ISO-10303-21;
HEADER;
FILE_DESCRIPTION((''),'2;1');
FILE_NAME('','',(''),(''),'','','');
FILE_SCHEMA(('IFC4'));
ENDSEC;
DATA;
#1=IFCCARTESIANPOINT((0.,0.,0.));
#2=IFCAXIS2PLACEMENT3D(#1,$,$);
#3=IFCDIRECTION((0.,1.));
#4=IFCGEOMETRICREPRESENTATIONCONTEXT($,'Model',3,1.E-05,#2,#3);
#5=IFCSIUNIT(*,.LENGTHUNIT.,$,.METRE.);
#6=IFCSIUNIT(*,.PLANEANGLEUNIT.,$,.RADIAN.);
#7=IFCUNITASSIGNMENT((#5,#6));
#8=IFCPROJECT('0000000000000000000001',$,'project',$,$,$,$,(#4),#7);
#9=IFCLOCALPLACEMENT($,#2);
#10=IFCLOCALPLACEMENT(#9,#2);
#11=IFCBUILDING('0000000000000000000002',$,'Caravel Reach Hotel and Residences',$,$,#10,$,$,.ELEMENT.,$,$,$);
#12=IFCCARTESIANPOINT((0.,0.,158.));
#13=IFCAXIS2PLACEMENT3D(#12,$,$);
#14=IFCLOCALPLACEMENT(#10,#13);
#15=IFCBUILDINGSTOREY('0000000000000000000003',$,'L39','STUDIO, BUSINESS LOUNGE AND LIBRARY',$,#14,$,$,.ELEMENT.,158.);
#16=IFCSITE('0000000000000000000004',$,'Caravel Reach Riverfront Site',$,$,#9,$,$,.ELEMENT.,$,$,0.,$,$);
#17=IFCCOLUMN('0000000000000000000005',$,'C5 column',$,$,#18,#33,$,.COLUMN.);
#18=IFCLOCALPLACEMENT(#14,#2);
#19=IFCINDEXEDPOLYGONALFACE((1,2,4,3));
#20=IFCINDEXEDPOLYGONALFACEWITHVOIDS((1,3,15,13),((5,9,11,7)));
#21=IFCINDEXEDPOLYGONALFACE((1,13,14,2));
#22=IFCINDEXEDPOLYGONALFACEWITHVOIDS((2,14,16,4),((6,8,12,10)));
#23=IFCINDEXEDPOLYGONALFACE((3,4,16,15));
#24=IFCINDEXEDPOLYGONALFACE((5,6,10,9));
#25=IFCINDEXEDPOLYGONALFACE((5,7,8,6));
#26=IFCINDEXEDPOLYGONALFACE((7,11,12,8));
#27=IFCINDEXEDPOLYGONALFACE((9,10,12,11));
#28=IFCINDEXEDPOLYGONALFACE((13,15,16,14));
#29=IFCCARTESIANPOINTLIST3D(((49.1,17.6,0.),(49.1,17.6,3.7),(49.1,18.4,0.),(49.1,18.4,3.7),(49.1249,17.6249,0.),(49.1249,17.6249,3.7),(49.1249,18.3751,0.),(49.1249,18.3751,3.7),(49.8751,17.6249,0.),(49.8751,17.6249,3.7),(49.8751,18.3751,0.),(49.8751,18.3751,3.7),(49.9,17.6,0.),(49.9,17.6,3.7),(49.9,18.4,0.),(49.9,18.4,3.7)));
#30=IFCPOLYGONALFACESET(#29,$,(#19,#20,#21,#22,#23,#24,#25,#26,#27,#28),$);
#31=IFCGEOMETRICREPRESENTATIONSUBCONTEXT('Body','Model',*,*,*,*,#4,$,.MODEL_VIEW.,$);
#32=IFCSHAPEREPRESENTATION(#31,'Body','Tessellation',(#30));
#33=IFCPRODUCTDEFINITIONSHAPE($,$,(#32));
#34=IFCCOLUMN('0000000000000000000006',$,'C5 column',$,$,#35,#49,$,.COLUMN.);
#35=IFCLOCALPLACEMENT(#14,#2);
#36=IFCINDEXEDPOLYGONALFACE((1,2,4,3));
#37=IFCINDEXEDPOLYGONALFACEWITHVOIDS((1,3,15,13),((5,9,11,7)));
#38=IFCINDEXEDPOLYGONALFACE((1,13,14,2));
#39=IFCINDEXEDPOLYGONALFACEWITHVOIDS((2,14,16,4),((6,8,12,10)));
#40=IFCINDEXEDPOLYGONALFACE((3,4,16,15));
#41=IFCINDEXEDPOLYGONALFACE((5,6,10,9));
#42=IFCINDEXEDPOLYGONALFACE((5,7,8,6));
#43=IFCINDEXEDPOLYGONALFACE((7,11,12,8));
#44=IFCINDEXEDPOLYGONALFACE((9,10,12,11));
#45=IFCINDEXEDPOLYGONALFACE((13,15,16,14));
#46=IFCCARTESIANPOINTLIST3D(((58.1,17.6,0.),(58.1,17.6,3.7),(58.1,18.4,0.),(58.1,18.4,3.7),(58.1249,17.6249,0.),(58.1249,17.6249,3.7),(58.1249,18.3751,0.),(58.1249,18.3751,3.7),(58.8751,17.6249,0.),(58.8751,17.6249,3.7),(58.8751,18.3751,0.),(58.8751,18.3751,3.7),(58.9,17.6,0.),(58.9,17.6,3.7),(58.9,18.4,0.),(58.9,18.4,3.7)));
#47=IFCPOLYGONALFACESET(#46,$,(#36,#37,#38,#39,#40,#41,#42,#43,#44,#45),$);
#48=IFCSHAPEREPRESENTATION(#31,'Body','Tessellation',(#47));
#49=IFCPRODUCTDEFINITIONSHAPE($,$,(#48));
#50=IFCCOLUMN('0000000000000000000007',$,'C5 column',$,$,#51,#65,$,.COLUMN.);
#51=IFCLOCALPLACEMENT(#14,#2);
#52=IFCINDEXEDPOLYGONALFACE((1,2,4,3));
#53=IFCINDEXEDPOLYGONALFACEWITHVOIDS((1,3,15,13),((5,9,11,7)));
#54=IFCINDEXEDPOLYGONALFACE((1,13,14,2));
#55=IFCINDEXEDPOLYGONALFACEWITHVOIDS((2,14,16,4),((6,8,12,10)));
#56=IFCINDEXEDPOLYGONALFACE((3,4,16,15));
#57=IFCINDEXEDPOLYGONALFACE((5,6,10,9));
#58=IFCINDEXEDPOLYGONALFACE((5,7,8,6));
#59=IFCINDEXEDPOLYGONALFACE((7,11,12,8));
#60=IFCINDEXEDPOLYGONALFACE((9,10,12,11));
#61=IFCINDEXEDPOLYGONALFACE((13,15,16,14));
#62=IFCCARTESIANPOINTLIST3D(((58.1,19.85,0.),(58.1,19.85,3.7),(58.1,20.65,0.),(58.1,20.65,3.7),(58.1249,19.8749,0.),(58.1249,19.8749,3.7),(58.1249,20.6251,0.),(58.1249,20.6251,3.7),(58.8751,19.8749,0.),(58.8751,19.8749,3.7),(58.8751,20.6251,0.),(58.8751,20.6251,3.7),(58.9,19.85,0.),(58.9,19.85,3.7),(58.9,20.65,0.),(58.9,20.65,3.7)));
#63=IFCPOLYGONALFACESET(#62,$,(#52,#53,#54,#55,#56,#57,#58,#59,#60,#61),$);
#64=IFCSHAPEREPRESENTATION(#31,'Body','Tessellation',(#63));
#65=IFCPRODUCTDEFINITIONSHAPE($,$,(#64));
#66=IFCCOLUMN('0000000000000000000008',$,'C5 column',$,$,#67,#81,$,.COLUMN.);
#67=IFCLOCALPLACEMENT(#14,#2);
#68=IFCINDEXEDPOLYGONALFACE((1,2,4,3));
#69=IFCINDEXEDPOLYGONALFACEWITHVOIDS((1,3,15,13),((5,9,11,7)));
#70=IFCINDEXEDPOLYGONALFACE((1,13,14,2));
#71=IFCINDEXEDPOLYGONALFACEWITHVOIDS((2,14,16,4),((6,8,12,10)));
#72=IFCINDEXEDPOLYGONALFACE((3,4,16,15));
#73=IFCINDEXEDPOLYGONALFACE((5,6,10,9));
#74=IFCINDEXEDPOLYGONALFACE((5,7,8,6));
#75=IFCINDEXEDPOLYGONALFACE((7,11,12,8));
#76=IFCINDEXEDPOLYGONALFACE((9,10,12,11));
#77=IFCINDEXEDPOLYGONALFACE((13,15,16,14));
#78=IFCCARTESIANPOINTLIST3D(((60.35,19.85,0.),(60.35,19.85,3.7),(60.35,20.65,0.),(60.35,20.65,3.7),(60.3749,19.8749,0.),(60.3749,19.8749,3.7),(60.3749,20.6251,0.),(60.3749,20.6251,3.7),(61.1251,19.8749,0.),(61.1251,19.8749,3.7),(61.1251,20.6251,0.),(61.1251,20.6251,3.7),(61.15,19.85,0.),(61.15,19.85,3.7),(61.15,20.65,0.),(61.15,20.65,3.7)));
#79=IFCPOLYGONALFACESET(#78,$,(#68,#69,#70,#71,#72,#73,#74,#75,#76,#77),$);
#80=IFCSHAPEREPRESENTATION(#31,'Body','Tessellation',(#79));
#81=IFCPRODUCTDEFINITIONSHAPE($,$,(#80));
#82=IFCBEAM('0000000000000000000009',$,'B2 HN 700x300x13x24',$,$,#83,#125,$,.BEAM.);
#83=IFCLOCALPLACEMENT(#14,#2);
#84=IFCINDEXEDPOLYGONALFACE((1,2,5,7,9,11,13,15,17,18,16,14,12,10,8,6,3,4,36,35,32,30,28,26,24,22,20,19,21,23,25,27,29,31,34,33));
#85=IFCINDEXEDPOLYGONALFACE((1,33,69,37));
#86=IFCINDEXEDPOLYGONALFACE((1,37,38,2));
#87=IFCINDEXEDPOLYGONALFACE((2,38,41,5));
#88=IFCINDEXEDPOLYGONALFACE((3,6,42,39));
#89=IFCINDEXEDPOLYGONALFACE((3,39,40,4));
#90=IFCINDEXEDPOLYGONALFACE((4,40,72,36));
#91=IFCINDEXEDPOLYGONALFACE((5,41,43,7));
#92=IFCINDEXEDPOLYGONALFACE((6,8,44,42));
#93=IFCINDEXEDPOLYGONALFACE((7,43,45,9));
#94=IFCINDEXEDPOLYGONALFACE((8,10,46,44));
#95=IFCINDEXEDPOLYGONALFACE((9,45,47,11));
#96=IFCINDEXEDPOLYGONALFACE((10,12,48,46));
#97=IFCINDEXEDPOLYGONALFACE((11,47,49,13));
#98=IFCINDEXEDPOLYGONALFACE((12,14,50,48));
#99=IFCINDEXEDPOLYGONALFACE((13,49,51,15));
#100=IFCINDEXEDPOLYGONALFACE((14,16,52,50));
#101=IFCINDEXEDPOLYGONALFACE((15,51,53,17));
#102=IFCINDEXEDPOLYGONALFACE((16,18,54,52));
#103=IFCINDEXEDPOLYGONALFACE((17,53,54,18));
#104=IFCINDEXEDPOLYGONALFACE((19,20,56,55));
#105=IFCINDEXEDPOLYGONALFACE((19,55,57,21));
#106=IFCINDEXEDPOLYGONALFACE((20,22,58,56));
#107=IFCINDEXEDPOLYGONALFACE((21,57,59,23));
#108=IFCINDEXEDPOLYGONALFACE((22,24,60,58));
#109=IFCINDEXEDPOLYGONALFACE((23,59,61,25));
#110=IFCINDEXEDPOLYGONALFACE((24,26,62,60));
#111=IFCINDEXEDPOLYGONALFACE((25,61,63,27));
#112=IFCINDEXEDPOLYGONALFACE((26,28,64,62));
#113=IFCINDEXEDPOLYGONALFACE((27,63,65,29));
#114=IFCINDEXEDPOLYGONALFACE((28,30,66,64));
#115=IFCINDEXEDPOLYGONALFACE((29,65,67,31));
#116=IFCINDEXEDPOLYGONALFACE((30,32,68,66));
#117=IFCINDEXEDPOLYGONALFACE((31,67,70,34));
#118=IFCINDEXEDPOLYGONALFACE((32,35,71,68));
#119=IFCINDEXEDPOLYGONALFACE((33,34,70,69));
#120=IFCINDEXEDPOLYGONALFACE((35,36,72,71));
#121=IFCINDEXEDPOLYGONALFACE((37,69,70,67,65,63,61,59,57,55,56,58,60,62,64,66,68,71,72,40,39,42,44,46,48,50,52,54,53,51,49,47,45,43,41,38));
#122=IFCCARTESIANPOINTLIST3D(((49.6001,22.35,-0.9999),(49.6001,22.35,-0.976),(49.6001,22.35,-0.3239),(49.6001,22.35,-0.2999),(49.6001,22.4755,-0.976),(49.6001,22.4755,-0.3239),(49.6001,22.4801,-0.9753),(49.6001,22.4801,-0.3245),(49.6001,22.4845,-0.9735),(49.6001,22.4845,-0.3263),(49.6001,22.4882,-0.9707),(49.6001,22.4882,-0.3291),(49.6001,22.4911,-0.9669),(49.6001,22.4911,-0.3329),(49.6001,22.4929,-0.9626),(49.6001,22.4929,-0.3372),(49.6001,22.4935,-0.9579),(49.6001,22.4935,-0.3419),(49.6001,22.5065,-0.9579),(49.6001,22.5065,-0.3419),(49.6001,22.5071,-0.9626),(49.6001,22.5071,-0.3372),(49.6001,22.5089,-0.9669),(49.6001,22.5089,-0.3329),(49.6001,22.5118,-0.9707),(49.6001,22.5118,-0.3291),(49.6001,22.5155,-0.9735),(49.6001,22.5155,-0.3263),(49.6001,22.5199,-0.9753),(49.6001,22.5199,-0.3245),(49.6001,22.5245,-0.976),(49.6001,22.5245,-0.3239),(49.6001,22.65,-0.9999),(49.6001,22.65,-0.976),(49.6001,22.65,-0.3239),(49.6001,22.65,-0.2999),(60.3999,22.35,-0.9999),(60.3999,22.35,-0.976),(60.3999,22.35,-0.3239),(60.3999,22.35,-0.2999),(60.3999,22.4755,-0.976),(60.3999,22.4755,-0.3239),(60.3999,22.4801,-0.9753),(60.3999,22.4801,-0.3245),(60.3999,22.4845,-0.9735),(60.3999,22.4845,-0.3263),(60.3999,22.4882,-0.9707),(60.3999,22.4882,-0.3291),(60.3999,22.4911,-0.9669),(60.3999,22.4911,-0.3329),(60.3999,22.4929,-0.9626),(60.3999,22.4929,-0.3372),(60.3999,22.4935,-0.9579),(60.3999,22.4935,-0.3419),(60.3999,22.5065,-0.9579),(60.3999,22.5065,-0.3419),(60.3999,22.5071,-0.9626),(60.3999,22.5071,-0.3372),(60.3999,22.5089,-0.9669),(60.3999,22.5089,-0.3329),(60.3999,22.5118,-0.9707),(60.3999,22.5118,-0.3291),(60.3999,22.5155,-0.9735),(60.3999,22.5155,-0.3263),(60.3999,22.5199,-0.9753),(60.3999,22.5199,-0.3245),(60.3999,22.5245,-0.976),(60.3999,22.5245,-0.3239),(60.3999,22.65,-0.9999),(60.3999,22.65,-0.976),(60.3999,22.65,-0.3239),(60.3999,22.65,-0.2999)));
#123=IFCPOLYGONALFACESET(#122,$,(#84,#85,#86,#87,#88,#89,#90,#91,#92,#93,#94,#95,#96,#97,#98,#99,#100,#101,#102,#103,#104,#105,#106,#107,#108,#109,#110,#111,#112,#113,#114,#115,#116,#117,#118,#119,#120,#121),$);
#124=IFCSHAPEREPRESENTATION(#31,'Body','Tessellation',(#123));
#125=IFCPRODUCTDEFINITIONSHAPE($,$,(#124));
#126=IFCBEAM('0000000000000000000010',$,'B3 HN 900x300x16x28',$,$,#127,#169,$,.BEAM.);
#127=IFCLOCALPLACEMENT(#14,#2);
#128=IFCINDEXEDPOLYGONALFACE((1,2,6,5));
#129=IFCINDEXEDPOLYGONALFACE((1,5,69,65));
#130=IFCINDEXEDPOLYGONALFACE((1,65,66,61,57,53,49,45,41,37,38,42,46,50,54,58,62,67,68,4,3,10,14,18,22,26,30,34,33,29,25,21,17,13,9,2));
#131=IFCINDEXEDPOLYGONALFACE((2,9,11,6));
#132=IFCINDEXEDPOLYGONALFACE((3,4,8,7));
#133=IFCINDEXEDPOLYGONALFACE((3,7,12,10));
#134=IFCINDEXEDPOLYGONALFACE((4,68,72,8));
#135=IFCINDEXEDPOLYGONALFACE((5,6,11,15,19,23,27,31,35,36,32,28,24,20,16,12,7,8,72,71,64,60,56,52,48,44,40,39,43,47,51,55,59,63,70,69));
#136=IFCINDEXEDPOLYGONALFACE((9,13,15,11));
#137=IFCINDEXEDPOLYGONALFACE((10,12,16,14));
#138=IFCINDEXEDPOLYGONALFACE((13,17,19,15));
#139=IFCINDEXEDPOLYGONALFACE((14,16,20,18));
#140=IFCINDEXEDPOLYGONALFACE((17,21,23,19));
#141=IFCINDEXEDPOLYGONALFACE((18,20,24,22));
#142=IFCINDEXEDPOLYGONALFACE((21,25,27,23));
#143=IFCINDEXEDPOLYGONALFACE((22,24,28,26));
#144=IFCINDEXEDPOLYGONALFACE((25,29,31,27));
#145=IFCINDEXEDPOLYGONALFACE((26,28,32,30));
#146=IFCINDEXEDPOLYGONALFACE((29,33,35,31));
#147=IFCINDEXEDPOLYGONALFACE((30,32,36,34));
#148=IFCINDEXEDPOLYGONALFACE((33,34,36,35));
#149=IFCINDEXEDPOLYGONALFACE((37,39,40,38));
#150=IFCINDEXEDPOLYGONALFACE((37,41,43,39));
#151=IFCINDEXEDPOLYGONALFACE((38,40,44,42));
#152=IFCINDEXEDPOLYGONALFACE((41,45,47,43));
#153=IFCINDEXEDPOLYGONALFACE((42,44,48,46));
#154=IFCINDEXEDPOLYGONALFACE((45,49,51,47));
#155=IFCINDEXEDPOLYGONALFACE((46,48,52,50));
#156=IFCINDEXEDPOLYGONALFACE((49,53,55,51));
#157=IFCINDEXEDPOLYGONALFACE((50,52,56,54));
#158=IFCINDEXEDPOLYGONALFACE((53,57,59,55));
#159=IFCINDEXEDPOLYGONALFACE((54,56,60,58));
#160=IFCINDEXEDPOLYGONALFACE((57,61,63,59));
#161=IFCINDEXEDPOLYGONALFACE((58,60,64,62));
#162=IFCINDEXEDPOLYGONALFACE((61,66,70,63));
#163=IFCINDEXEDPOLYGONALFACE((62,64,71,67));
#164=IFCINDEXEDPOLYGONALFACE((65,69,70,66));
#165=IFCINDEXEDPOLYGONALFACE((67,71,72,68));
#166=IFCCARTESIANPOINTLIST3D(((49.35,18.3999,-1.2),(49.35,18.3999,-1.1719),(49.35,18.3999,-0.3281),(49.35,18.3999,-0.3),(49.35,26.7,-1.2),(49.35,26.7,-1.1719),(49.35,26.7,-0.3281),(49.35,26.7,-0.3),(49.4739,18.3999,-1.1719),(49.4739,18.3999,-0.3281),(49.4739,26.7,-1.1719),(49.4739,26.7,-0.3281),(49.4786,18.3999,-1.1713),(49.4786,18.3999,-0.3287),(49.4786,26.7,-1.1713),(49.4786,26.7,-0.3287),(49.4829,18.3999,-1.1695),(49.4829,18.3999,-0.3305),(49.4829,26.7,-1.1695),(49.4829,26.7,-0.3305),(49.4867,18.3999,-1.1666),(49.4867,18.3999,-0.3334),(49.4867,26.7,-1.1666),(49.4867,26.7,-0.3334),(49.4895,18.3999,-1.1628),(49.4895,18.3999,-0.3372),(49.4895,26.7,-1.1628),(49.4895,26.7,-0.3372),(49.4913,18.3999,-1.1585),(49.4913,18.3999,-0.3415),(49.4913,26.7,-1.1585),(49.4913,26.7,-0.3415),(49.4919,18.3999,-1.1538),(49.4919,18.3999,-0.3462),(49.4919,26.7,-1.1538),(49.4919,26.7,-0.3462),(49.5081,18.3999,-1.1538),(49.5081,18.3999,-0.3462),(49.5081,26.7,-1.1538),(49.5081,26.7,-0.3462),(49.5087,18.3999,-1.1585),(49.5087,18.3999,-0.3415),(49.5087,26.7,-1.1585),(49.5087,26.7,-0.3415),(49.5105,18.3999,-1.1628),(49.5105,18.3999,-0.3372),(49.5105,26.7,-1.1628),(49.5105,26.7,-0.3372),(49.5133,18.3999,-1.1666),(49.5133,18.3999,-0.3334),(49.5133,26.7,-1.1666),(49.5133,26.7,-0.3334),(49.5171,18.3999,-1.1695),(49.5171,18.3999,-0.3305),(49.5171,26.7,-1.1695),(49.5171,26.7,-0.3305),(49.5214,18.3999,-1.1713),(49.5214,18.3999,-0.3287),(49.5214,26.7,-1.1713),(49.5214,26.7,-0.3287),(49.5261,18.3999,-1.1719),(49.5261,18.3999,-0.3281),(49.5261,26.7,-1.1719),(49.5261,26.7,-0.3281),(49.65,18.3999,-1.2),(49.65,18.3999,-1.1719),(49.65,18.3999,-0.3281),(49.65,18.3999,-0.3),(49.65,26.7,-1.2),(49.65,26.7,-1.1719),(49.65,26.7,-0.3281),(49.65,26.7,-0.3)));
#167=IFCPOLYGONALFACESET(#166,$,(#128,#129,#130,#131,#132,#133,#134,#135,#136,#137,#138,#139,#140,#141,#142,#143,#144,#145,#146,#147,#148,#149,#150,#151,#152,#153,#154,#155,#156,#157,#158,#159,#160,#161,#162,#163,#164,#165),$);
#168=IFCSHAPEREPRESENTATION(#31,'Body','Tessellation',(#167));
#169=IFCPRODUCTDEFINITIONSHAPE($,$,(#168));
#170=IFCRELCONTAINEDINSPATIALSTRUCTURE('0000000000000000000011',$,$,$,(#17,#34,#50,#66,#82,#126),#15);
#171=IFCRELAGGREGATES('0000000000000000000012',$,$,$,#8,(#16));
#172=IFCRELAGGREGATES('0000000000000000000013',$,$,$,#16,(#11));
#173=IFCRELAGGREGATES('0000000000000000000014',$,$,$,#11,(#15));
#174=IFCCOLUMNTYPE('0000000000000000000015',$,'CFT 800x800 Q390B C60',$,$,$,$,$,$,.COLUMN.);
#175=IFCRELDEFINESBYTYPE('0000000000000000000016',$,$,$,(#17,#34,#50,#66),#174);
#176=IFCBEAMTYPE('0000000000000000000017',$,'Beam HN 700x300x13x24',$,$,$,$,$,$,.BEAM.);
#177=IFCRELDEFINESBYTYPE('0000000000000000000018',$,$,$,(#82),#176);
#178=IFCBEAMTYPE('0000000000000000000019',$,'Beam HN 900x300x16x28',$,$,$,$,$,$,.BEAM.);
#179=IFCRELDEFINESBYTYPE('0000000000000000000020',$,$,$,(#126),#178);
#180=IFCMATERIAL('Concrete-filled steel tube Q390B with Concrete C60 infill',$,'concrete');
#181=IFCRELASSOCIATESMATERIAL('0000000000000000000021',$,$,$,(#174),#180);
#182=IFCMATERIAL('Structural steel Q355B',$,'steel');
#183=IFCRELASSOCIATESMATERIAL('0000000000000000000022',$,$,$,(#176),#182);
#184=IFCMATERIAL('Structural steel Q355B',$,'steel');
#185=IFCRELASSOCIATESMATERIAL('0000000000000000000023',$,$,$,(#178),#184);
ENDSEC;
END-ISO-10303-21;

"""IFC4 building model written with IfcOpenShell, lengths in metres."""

from ifc_helpers import new_model, si_unit, direction, frame, origin, origin_2d, place, context, subcontext, project, spatial, hollow_rectangle, i_section, extrude, material, material_profile, profile_set, type_object, element, save


model = new_model("IFC4")

# Units and contexts
model_context = context("Model", 3, precision=1e-05, world=origin(), true_north=direction((0.0, 1.0)))
body_context = subcontext(model_context, "Body", "Model", "MODEL_VIEW")
ifc_project = project(units=[si_unit("LENGTHUNIT", "METRE"), si_unit("PLANEANGLEUNIT", "RADIAN")], contexts=[model_context])

# Site, building, storey
site_placement = place(None, origin())
site = spatial("IfcSite", under=ifc_project, at=site_placement, Name="Caravel Reach Riverfront Site", CompositionType="ELEMENT", RefElevation=0.0)
building_placement = place(site_placement, origin())
building = spatial("IfcBuilding", under=site, at=building_placement, Name="Caravel Reach Hotel and Residences", CompositionType="ELEMENT")
storey_placement = place(building_placement, frame((0.0, 0.0, 158.0)))
storey = spatial("IfcBuildingStorey", under=building, at=storey_placement, Name="L39", Description="STUDIO, BUSINESS LOUNGE AND LIBRARY", CompositionType="ELEMENT", Elevation=158.0)

# Columns
ifc_material_1 = material(Name="Concrete-filled steel tube Q390B with Concrete C60 infill", Category="concrete")
ifc_material_profile_1 = material_profile(ifc_material_1, hollow_rectangle(XDim=0.8, YDim=0.8, WallThickness=0.0249, at=origin_2d()), Name="RHS 800x800x25")
ifc_profile_set_1 = profile_set([ifc_material_profile_1], Name="Concrete-filled steel tube Q390B with Concrete C60 infill")
column_type = type_object("IfcColumnType", Name="CFT 800x800 Q390B C60", PredefinedType="COLUMN", material=ifc_profile_set_1)
for number, where, z_axis, x_axis, name in (
    (1, (49.5, 18.0, 0.0), (0.0, 0.0, 1.0), (1.0, 0.0, 0.0), "C5 column"),
    (2, (58.5, 18.0, 0.0), (0.0, 0.0, 1.0), (1.0, 0.0, 0.0), "C5 column"),
    (3, (58.5, 20.25, 0.0), (0.0, 0.0, 1.0), (1.0, 0.0, 0.0), "C5 column"),
    (4, (60.75, 20.25, 0.0), (0.0, 0.0, 1.0), (1.0, 0.0, 0.0), "C5 column"),
):
    element("IfcColumn", number, at=place(storey_placement, frame(where, z_axis=z_axis, x_axis=x_axis)), inside=storey, type_object=column_type, Name=name, PredefinedType="COLUMN", context=body_context, shape_type="SweptSolid", body=[
        extrude(hollow_rectangle(XDim=0.8, YDim=0.8, WallThickness=0.0249, at=origin_2d()), origin(), (0.0, 0.0, 1.0), 3.7),
    ])

# Beams
ifc_material_2 = material(Name="Structural steel Q355B", Category="steel")
ifc_material_profile_2 = material_profile(ifc_material_2, i_section(OverallWidth=0.3, OverallDepth=0.7, WebThickness=0.0129, FlangeThickness=0.0239, FilletRadius=0.0181, at=origin_2d()), Name="HN 700x300x13x24")
ifc_profile_set_2 = profile_set([ifc_material_profile_2], Name="Structural steel Q355B")
beam_type_1 = type_object("IfcBeamType", Name="Beam HN 700x300x13x24", PredefinedType="BEAM", material=ifc_profile_set_2)
beam_1_placement = place(storey_placement, frame((49.6001, 22.5, -0.6499), z_axis=(1.0, 0.0, 0.0), x_axis=(0.0, 1.0, 0.0)))
element("IfcBeam", 5, at=beam_1_placement, inside=storey, type_object=beam_type_1, Name="B2 HN 700x300x13x24", PredefinedType="BEAM", context=body_context, shape_type="SweptSolid", body=[
    extrude(i_section(OverallWidth=0.3, OverallDepth=0.7, WebThickness=0.0129, FlangeThickness=0.0239, FilletRadius=0.0181, at=origin_2d()), origin(), (0.0, 0.0, 1.0), 10.7998),
])
ifc_material_3 = material(Name="Structural steel Q355B", Category="steel")
ifc_material_profile_3 = material_profile(ifc_material_3, i_section(OverallWidth=0.3, OverallDepth=0.8999, WebThickness=0.0161, FlangeThickness=0.0281, FilletRadius=0.0181, at=origin_2d()), Name="HN 900x300x16x28")
ifc_profile_set_3 = profile_set([ifc_material_profile_3], Name="Structural steel Q355B")
beam_type_2 = type_object("IfcBeamType", Name="Beam HN 900x300x16x28", PredefinedType="BEAM", material=ifc_profile_set_3)
beam_2_placement = place(storey_placement, frame((49.5, 18.3999, -0.75), z_axis=(0.0, 1.0, 0.0), x_axis=(-1.0, 0.0, 0.0)))
element("IfcBeam", 6, at=beam_2_placement, inside=storey, type_object=beam_type_2, Name="B3 HN 900x300x16x28", PredefinedType="BEAM", context=body_context, shape_type="SweptSolid", body=[
    extrude(i_section(OverallWidth=0.3, OverallDepth=0.8999, WebThickness=0.0161, FlangeThickness=0.0281, FilletRadius=0.0181, at=origin_2d()), origin(), (0.0, 0.0, 1.0), 8.3),
])

save(model, "model.ifc")
